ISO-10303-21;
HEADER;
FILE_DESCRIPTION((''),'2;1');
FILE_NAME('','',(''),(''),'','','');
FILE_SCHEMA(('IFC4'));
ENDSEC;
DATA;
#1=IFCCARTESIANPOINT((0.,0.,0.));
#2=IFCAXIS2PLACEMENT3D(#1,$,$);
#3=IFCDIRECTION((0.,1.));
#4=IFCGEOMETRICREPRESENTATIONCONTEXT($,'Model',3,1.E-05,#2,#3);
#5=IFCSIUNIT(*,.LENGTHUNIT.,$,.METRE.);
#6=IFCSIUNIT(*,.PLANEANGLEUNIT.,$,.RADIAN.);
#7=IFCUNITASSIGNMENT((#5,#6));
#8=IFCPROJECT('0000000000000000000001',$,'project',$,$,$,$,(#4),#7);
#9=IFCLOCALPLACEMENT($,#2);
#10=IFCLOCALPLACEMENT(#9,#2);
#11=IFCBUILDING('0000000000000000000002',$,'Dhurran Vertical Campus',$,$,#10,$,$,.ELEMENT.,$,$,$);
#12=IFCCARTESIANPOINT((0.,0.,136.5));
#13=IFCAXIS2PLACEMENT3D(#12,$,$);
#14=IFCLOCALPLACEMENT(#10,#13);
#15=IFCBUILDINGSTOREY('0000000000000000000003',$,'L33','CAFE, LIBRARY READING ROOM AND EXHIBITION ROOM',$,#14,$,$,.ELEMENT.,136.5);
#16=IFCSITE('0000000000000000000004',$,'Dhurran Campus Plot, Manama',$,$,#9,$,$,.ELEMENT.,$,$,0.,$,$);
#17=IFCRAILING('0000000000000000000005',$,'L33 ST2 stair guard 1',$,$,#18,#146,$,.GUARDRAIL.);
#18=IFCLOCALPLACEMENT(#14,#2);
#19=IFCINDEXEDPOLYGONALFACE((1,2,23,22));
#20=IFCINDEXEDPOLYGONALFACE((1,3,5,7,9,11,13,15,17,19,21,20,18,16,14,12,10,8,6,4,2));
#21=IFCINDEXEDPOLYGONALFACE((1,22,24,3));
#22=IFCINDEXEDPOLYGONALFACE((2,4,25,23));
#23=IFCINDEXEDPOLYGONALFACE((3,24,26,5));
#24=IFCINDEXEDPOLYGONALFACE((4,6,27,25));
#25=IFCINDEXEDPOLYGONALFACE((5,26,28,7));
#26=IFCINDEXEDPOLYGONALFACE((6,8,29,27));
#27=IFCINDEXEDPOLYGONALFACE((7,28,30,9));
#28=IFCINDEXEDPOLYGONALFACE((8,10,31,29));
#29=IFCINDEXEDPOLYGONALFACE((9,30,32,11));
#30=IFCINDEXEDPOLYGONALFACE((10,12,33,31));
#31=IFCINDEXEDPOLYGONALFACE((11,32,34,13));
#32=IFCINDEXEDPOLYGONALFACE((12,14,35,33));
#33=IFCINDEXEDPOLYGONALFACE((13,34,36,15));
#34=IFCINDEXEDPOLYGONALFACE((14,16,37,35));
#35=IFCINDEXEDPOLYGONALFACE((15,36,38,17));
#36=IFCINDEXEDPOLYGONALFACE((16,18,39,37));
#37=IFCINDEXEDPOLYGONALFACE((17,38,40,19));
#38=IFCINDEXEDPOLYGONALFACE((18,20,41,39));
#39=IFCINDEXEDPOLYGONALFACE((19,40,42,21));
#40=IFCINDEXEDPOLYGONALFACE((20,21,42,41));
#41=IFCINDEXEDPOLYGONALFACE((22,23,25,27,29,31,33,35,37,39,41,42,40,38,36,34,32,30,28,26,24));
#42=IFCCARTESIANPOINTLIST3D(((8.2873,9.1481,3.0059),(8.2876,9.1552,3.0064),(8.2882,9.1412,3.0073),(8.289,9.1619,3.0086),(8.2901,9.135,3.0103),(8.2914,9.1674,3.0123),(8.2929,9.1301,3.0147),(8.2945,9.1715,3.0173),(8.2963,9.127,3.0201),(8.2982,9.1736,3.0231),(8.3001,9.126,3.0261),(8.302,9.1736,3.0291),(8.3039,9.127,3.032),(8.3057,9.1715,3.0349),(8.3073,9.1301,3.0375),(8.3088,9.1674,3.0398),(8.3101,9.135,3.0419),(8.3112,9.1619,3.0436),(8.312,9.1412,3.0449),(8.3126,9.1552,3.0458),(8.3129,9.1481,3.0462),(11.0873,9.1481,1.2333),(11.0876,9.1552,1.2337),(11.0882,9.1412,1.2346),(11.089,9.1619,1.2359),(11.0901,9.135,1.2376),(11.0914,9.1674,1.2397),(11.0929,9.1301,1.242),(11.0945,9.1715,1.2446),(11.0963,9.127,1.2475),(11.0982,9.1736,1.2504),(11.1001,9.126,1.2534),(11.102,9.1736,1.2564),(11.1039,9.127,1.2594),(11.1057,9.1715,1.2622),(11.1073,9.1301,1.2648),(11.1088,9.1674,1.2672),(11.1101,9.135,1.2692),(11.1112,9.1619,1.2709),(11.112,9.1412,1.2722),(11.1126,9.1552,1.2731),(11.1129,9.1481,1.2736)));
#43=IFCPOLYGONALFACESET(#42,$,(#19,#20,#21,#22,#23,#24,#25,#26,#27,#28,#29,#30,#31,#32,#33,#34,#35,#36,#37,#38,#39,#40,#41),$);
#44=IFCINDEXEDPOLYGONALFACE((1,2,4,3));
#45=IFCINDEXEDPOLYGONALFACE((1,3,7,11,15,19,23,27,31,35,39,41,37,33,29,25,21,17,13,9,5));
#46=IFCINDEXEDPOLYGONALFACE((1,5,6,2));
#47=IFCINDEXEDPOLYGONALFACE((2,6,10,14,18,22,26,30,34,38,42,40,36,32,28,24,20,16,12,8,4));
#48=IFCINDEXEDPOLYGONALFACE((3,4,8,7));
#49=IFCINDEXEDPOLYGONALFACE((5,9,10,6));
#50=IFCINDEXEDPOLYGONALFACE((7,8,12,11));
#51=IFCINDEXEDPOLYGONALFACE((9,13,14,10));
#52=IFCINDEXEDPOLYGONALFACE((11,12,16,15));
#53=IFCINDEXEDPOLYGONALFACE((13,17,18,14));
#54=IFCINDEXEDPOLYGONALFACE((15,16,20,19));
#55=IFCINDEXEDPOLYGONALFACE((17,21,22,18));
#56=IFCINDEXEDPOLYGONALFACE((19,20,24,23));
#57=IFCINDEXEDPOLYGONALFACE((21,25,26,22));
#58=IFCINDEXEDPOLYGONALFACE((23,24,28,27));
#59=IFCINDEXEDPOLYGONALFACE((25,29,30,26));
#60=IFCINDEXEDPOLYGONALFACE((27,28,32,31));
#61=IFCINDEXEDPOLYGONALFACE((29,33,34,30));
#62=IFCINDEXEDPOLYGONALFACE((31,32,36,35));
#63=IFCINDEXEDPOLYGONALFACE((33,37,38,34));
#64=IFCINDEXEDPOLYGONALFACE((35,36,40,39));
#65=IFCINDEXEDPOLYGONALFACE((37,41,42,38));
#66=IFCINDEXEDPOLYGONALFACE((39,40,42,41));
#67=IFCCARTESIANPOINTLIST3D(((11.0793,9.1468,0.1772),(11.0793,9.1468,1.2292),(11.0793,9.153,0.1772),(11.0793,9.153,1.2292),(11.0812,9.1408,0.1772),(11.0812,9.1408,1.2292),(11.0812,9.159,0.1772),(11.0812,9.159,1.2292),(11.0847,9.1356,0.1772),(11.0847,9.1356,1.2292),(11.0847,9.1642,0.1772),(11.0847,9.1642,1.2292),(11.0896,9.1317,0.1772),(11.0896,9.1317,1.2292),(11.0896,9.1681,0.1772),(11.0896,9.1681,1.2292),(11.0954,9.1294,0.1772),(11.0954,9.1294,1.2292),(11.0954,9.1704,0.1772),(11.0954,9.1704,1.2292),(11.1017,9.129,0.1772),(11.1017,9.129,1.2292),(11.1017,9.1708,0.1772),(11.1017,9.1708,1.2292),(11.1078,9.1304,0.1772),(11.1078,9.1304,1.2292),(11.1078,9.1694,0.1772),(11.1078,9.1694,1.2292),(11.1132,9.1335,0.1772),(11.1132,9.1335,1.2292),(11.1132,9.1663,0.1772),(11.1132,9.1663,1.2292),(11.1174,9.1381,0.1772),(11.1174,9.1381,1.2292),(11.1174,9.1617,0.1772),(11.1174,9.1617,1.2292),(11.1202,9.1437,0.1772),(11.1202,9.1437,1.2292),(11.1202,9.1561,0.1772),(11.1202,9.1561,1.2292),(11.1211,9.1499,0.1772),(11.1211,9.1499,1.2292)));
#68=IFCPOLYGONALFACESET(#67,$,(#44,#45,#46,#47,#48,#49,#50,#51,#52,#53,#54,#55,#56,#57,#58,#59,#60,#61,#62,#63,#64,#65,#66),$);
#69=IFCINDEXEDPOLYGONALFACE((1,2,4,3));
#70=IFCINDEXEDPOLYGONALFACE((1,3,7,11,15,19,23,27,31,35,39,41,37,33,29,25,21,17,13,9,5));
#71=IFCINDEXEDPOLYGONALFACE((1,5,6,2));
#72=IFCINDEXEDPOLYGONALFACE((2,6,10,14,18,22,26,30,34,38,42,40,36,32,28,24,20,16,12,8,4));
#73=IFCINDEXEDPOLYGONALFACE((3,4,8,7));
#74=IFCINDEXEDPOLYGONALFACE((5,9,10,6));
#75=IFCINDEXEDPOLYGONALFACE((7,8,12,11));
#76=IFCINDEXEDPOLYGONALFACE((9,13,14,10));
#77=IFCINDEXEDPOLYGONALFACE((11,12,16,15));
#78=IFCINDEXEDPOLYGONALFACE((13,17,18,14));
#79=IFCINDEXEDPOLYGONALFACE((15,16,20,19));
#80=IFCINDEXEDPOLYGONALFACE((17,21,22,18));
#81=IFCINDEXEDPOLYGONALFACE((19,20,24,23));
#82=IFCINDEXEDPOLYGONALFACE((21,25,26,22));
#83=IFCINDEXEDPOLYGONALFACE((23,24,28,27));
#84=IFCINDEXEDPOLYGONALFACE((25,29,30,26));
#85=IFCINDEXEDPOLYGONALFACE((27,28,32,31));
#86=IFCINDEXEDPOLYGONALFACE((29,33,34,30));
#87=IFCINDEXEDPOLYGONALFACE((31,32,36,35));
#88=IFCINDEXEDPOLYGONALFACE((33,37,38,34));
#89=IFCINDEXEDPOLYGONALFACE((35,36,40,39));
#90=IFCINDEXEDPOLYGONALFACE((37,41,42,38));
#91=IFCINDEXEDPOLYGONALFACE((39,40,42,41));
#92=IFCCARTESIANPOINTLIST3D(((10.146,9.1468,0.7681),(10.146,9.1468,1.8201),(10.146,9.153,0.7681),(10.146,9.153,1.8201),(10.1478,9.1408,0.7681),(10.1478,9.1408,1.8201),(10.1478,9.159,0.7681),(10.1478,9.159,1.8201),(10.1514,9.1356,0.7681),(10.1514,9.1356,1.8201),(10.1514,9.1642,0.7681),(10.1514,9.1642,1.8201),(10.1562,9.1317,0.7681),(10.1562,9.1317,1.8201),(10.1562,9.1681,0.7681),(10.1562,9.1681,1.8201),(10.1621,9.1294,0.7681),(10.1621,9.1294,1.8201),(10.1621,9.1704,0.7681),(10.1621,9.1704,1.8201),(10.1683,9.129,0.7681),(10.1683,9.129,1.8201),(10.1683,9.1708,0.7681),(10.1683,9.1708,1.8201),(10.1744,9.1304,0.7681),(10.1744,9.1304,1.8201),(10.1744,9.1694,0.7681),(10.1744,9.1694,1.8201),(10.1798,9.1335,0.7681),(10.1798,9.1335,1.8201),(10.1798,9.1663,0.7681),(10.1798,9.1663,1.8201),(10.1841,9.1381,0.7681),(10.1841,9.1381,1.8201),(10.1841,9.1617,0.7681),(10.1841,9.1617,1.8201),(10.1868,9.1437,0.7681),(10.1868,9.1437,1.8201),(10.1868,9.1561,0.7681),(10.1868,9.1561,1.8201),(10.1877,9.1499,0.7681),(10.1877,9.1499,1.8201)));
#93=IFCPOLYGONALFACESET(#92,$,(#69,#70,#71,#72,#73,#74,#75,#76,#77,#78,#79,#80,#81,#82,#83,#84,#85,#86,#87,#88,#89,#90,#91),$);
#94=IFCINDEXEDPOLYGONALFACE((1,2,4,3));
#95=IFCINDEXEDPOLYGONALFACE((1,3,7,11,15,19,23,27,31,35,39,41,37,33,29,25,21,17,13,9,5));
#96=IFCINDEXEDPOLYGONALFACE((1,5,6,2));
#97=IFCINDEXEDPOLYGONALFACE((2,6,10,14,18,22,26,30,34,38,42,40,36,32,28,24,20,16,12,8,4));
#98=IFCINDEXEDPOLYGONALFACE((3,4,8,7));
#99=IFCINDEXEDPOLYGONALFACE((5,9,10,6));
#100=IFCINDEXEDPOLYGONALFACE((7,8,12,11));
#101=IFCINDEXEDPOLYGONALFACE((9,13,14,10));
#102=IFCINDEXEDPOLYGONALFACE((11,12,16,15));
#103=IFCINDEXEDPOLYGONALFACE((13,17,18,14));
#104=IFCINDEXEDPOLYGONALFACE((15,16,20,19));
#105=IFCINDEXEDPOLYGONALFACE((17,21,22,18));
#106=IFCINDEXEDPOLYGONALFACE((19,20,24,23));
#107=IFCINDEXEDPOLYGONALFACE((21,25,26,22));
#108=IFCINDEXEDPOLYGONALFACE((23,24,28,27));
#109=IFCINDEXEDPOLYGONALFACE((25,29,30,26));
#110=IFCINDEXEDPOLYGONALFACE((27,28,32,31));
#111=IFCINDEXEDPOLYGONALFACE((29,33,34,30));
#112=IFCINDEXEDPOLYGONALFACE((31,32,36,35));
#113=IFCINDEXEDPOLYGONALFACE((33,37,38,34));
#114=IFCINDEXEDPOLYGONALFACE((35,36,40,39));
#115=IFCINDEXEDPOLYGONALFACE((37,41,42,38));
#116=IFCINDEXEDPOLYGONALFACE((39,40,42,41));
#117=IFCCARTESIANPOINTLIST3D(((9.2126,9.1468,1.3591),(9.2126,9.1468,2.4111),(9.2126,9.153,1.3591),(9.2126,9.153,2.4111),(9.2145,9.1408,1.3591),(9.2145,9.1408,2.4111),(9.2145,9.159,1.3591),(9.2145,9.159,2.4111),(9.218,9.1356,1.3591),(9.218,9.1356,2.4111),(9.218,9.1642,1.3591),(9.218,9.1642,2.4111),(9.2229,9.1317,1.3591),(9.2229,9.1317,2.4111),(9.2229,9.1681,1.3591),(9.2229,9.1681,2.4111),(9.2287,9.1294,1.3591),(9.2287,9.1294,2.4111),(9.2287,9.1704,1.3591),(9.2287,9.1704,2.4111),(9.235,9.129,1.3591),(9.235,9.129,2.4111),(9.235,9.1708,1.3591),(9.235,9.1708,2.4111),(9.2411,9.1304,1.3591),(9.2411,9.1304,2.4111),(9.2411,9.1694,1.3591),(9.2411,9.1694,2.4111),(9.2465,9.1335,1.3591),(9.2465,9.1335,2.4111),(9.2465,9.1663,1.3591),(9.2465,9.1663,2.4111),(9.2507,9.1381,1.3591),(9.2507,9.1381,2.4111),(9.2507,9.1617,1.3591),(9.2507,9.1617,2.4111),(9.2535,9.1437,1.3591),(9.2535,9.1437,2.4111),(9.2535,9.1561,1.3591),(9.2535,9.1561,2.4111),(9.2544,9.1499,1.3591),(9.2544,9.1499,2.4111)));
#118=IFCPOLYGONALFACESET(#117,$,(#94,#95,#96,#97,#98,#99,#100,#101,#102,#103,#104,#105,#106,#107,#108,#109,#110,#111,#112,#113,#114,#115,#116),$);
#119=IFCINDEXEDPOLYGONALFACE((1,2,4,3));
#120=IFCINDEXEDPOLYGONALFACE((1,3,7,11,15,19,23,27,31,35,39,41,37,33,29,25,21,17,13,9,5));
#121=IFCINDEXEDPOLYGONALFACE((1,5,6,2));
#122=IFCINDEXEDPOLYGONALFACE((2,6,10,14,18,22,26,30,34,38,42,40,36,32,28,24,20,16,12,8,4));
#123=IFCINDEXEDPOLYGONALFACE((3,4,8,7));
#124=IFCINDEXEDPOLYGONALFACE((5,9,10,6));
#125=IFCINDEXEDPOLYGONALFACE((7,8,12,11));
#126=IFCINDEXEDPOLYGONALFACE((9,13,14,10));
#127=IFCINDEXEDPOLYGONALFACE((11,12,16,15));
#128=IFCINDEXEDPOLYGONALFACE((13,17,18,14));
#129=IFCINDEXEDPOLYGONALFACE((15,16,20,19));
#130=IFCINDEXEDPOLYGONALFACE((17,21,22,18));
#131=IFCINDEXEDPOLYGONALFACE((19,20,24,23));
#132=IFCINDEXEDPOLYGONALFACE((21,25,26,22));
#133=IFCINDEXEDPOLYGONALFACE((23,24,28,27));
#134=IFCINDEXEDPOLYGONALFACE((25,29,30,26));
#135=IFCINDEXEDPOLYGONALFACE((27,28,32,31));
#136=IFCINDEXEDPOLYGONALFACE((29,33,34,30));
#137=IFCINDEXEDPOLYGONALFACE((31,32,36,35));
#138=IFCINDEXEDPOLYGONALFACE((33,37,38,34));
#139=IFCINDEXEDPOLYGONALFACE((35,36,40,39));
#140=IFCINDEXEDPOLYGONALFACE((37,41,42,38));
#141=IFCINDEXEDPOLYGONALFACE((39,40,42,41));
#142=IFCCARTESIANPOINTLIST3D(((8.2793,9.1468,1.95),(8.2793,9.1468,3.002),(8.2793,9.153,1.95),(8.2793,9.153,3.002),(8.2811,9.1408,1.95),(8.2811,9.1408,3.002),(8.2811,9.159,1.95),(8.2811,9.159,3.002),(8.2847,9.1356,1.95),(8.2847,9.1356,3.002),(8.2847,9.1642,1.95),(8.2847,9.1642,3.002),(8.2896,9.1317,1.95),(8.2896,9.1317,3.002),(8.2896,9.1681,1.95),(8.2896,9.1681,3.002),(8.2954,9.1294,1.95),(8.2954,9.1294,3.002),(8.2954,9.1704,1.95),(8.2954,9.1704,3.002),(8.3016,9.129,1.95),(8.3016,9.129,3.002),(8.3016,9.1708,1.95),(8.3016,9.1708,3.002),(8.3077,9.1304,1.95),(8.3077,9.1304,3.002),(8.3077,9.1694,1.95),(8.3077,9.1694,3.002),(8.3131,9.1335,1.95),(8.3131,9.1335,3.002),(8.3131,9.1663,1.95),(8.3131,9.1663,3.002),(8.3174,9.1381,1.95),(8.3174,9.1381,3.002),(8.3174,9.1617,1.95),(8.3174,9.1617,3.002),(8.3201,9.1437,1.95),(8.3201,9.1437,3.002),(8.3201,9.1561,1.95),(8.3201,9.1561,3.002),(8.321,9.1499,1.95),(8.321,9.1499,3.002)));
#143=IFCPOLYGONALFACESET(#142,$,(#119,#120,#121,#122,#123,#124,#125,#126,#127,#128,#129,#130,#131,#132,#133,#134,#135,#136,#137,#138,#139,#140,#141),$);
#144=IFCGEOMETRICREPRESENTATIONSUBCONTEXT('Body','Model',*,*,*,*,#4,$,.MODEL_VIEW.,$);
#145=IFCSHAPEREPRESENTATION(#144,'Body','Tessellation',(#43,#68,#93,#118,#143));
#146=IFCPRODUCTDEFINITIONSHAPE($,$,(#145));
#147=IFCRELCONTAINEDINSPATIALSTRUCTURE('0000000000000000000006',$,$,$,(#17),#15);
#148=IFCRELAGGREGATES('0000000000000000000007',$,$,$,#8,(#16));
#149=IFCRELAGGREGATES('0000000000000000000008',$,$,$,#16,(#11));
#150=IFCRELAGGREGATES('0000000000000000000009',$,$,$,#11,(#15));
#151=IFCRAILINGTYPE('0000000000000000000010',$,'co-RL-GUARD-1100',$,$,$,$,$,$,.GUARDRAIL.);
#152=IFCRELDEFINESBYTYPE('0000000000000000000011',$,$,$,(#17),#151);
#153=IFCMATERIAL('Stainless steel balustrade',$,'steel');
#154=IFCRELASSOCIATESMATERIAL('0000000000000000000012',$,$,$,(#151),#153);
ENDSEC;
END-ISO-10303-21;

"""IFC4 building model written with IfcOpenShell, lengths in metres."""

from ifc_helpers import new_model, si_unit, direction, frame, origin, origin_2d, place, context, subcontext, project, spatial, circle, extrude, material, type_object, element, save


model = new_model("IFC4")

# Units and contexts
model_context = context("Model", 3, precision=1e-05, world=origin(), true_north=direction((0.0, 1.0)))
body_context = subcontext(model_context, "Body", "Model", "MODEL_VIEW")
ifc_project = project(units=[si_unit("LENGTHUNIT", "METRE"), si_unit("PLANEANGLEUNIT", "RADIAN")], contexts=[model_context])

# Site, building, storey
site_placement = place(None, origin())
site = spatial("IfcSite", under=ifc_project, at=site_placement, Name="Dhurran Campus Plot, Manama", CompositionType="ELEMENT", RefElevation=0.0)
building_placement = place(site_placement, origin())
building = spatial("IfcBuilding", under=site, at=building_placement, Name="Dhurran Vertical Campus", CompositionType="ELEMENT")
storey_placement = place(building_placement, frame((0.0, 0.0, 136.5)))
storey = spatial("IfcBuildingStorey", under=building, at=storey_placement, Name="L33", Description="CAFE, LIBRARY READING ROOM AND EXHIBITION ROOM", CompositionType="ELEMENT", Elevation=136.5)

# Railing
ifc_material_1 = material(Name="Stainless steel balustrade", Category="steel")
railing_type_1 = type_object("IfcRailingType", Name="co-RL-GUARD-1100", PredefinedType="GUARDRAIL", material=ifc_material_1)
railing_1_placement = place(storey_placement, frame((11.1001, 9.1499, 0.1772)))
element("IfcRailing", 1, at=railing_1_placement, inside=storey, type_object=railing_type_1, Name="L33 ST2 stair guard 1", PredefinedType="GUARDRAIL", context=body_context, shape_type="SweptSolid", body=[
    extrude(circle(Radius=0.0239, at=origin_2d()), frame((0.0, 0.0, 1.0762), z_axis=(-0.844909, 0.0, 0.53491), x_axis=(0.0, -1.0, 0.0)), (0.0, 0.0, 1.0), 3.314),
    extrude(circle(Radius=0.021, at=origin_2d()), origin(), (0.0, 0.0, 1.0), 1.052),
    extrude(circle(Radius=0.021, at=origin_2d()), frame((-0.9333, 0.0, 0.5908)), (0.0, 0.0, 1.0), 1.052),
    extrude(circle(Radius=0.021, at=origin_2d()), frame((-1.8667, 0.0, 1.1819)), (0.0, 0.0, 1.0), 1.052),
    extrude(circle(Radius=0.021, at=origin_2d()), frame((-2.8, 0.0, 1.7727)), (0.0, 0.0, 1.0), 1.052),
])

save(model, "model.ifc")
